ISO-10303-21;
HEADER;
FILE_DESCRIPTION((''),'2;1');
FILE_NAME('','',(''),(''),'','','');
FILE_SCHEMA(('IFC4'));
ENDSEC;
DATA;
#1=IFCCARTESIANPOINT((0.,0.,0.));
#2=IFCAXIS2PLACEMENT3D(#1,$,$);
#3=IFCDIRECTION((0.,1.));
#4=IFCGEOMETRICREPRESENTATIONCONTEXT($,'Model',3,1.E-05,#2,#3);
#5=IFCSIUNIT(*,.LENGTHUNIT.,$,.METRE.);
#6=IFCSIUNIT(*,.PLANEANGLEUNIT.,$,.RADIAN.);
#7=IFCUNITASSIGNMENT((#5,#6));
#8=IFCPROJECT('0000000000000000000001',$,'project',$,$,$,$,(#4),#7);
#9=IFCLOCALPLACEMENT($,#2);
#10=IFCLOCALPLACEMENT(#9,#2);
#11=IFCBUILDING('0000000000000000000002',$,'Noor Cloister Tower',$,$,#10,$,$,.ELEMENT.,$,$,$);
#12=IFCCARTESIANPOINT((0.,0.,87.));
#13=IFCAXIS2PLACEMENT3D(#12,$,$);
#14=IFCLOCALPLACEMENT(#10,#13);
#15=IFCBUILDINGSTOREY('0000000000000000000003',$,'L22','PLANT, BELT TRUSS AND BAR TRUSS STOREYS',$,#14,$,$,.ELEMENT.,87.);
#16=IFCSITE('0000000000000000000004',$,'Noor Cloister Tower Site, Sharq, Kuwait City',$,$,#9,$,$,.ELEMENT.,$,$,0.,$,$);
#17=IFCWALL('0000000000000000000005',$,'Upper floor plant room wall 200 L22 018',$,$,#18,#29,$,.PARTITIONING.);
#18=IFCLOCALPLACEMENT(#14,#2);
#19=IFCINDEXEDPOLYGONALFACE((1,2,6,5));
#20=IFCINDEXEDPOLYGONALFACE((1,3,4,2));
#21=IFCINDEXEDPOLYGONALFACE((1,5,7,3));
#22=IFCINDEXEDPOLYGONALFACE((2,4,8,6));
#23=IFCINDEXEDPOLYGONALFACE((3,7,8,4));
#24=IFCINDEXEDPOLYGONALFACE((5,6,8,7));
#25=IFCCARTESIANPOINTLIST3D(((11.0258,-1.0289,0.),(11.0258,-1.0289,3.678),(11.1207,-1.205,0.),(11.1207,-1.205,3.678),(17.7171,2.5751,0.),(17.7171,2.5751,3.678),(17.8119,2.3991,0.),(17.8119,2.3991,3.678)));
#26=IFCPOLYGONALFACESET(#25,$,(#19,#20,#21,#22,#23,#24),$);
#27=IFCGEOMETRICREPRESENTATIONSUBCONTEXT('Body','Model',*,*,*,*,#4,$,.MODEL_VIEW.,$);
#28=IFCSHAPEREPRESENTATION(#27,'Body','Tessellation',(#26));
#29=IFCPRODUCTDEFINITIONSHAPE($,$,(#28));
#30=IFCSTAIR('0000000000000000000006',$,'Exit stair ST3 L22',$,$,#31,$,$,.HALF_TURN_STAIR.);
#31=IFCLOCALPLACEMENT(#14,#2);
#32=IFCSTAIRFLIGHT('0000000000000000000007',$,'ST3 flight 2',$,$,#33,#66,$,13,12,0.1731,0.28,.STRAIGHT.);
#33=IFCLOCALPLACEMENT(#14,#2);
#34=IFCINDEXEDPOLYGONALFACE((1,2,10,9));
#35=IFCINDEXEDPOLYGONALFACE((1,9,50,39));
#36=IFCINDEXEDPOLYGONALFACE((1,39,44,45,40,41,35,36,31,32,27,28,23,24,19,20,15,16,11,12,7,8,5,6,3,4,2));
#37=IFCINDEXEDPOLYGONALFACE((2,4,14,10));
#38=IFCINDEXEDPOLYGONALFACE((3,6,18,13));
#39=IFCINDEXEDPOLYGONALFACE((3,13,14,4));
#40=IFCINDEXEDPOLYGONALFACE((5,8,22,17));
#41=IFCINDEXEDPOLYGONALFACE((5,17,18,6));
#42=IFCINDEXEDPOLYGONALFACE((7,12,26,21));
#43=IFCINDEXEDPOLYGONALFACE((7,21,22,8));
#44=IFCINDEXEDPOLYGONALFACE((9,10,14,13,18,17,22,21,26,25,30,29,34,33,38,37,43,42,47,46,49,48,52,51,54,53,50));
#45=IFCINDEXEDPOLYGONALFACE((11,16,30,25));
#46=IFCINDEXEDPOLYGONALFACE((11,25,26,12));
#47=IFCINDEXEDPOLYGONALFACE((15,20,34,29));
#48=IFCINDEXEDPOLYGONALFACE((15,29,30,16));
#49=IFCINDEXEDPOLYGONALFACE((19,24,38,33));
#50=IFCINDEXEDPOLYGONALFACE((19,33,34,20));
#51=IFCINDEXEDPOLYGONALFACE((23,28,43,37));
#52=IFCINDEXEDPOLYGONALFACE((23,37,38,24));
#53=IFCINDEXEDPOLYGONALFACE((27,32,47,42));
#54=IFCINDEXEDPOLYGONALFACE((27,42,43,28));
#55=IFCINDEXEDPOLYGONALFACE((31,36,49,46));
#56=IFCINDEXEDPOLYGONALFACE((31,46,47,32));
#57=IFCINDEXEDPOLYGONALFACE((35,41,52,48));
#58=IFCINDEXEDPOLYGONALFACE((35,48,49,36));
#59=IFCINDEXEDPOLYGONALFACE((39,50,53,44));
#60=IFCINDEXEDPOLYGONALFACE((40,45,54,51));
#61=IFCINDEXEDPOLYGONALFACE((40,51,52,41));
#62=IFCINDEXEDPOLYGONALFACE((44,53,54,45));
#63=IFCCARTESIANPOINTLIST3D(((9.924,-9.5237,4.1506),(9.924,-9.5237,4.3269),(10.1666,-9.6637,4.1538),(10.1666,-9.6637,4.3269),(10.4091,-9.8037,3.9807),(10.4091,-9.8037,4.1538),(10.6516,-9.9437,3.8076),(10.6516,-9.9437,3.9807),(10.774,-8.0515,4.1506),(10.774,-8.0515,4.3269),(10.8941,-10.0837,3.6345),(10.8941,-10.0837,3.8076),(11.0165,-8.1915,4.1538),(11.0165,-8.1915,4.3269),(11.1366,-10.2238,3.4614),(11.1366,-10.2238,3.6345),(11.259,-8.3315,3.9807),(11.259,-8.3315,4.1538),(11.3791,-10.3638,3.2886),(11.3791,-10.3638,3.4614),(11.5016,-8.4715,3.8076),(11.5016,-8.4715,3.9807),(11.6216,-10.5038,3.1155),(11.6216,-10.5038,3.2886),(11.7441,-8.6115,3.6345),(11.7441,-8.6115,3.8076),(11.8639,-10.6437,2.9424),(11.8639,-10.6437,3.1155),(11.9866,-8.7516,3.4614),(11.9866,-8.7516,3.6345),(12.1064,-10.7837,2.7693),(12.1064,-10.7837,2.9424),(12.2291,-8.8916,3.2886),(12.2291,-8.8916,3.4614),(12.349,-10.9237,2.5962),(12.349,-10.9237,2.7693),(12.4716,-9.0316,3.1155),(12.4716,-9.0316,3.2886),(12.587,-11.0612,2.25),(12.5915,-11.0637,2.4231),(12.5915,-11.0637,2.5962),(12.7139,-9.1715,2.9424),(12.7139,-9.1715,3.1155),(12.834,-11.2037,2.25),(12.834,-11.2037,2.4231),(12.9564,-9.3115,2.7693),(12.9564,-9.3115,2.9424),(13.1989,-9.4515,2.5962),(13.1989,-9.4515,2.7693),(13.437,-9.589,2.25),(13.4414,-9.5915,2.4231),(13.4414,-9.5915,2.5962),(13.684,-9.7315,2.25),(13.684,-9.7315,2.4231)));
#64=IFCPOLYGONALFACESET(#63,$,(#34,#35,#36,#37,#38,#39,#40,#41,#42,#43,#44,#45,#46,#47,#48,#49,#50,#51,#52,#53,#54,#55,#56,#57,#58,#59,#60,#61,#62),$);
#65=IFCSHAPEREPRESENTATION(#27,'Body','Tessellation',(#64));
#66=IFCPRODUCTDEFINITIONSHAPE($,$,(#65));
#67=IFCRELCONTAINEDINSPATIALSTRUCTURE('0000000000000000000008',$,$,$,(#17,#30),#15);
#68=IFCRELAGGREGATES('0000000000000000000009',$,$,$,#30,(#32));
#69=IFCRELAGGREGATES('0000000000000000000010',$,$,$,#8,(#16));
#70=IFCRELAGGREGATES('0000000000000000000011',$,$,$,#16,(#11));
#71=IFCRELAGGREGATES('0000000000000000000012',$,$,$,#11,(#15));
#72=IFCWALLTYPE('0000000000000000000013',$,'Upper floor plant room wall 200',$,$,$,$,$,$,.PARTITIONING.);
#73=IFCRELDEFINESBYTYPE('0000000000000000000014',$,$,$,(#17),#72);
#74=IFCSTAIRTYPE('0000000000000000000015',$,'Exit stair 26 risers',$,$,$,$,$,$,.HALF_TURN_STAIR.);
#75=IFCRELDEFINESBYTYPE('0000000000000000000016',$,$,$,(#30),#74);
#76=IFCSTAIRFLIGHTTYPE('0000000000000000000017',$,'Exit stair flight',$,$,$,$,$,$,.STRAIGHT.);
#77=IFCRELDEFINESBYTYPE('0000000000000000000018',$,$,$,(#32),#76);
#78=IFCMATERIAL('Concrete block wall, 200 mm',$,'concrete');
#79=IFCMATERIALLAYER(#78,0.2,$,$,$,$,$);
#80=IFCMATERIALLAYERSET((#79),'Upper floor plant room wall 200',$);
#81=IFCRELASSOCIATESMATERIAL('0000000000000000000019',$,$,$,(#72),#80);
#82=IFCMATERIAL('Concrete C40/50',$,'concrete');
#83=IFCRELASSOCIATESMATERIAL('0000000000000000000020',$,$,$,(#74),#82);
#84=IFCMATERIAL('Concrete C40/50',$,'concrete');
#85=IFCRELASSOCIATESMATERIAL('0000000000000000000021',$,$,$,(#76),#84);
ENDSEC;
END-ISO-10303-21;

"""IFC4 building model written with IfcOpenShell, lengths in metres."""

from ifc_helpers import new_model, si_unit, direction, frame, frame_2d, origin, place, context, subcontext, project, spatial, polyline, rectangle, outline, extrude, material, layer, layer_set, type_object, element, aggregate, save


model = new_model("IFC4")

# Units and contexts
model_context = context("Model", 3, precision=1e-05, world=origin(), true_north=direction((0.0, 1.0)))
body_context = subcontext(model_context, "Body", "Model", "MODEL_VIEW")
ifc_project = project(units=[si_unit("LENGTHUNIT", "METRE"), si_unit("PLANEANGLEUNIT", "RADIAN")], contexts=[model_context])

# Site, building, storey
site_placement = place(None, origin())
site = spatial("IfcSite", under=ifc_project, at=site_placement, Name="Noor Cloister Tower Site, Sharq, Kuwait City", CompositionType="ELEMENT", RefElevation=0.0)
building_placement = place(site_placement, origin())
building = spatial("IfcBuilding", under=site, at=building_placement, Name="Noor Cloister Tower", CompositionType="ELEMENT")
storey_placement = place(building_placement, frame((0.0, 0.0, 87.0)))
storey = spatial("IfcBuildingStorey", under=building, at=storey_placement, Name="L22", Description="PLANT, BELT TRUSS AND BAR TRUSS STOREYS", CompositionType="ELEMENT", Elevation=87.0)

# Wall
ifc_material_1 = material(Name="Concrete block wall, 200 mm", Category="concrete")
ifc_layer = layer(ifc_material_1, 0.2)
ifc_layer_set = layer_set([ifc_layer], Name="Upper floor plant room wall 200")
wall_type = type_object("IfcWallType", Name="Upper floor plant room wall 200", PredefinedType="PARTITIONING", material=ifc_layer_set)
wall_placement = place(storey_placement, frame((11.0732, -1.1169, 0.0), z_axis=(0.0, 0.0, 1.0), x_axis=(0.880412, 0.474209, 0.0)))
element("IfcWall", 1, at=wall_placement, inside=storey, type_object=wall_type, Name="Upper floor plant room wall 200 L22 018", PredefinedType="PARTITIONING", context=body_context, shape_type="SweptSolid", body=[
    extrude(rectangle(XDim=7.6001, YDim=0.2, at=frame_2d((3.8, 0.0))), origin(), (0.0, 0.0, 1.0), 3.678),
])

# Stair, stair flight
ifc_material_2 = material(Name="Concrete C40/50", Category="concrete")
stair_type = type_object("IfcStairType", Name="Exit stair 26 risers", PredefinedType="HALF_TURN_STAIR", material=ifc_material_2)
stair_placement = place(storey_placement, origin())
stair = element("IfcStair", 2, at=stair_placement, inside=storey, type_object=stair_type, Name="Exit stair ST3 L22", PredefinedType="HALF_TURN_STAIR")
ifc_material_3 = material(Name="Concrete C40/50", Category="concrete")
stair_flight_type = type_object("IfcStairFlightType", Name="Exit stair flight", PredefinedType="STRAIGHT", material=ifc_material_3)
stair_flight_placement = place(storey_placement, frame((13.259, -10.4675, 2.25), z_axis=(0.0, 0.0, 1.0), x_axis=(-0.866025, 0.5, 0.0)))
stair_flight = element("IfcStairFlight", 3, at=stair_flight_placement, type_object=stair_flight_type, Name="ST3 flight 2", NumberOfRisers=13, NumberOfTreads=12, PredefinedType="STRAIGHT", RiserHeight=0.1731, TreadLength=0.28, context=body_context, shape_type="SweptSolid", body=[
    extrude(outline(polyline([(0.0, 0.0), (0.0, 0.1731), (0.28, 0.1731), (0.28, 0.3462), (0.5601, 0.3462), (0.5601, 0.5193), (0.8401, 0.5193), (0.8401, 0.6924), (1.1201, 0.6924), (1.1201, 0.8655), (1.3999, 0.8655), (1.3999, 1.0386), (1.6799, 1.0386), (1.6799, 1.2114), (1.96, 1.2114), (1.96, 1.3845), (2.24, 1.3845), (2.24, 1.5576), (2.52, 1.5576), (2.52, 1.7307), (2.8, 1.7307), (2.8, 1.9038), (3.0801, 1.9038), (3.0801, 2.0769), (3.3601, 2.0769), (3.3601, 2.25), (3.3601, 1.9006), (0.2852, 0.0), (0.0, 0.0)])), frame((0.0, 0.8501, 0.0), z_axis=(0.0, -1.0, 0.0), x_axis=(1.0, 0.0, 0.0)), (0.0, 0.0, 1.0), 1.7),
])
aggregate(stair, [stair_flight])

save(model, "model.ifc")
